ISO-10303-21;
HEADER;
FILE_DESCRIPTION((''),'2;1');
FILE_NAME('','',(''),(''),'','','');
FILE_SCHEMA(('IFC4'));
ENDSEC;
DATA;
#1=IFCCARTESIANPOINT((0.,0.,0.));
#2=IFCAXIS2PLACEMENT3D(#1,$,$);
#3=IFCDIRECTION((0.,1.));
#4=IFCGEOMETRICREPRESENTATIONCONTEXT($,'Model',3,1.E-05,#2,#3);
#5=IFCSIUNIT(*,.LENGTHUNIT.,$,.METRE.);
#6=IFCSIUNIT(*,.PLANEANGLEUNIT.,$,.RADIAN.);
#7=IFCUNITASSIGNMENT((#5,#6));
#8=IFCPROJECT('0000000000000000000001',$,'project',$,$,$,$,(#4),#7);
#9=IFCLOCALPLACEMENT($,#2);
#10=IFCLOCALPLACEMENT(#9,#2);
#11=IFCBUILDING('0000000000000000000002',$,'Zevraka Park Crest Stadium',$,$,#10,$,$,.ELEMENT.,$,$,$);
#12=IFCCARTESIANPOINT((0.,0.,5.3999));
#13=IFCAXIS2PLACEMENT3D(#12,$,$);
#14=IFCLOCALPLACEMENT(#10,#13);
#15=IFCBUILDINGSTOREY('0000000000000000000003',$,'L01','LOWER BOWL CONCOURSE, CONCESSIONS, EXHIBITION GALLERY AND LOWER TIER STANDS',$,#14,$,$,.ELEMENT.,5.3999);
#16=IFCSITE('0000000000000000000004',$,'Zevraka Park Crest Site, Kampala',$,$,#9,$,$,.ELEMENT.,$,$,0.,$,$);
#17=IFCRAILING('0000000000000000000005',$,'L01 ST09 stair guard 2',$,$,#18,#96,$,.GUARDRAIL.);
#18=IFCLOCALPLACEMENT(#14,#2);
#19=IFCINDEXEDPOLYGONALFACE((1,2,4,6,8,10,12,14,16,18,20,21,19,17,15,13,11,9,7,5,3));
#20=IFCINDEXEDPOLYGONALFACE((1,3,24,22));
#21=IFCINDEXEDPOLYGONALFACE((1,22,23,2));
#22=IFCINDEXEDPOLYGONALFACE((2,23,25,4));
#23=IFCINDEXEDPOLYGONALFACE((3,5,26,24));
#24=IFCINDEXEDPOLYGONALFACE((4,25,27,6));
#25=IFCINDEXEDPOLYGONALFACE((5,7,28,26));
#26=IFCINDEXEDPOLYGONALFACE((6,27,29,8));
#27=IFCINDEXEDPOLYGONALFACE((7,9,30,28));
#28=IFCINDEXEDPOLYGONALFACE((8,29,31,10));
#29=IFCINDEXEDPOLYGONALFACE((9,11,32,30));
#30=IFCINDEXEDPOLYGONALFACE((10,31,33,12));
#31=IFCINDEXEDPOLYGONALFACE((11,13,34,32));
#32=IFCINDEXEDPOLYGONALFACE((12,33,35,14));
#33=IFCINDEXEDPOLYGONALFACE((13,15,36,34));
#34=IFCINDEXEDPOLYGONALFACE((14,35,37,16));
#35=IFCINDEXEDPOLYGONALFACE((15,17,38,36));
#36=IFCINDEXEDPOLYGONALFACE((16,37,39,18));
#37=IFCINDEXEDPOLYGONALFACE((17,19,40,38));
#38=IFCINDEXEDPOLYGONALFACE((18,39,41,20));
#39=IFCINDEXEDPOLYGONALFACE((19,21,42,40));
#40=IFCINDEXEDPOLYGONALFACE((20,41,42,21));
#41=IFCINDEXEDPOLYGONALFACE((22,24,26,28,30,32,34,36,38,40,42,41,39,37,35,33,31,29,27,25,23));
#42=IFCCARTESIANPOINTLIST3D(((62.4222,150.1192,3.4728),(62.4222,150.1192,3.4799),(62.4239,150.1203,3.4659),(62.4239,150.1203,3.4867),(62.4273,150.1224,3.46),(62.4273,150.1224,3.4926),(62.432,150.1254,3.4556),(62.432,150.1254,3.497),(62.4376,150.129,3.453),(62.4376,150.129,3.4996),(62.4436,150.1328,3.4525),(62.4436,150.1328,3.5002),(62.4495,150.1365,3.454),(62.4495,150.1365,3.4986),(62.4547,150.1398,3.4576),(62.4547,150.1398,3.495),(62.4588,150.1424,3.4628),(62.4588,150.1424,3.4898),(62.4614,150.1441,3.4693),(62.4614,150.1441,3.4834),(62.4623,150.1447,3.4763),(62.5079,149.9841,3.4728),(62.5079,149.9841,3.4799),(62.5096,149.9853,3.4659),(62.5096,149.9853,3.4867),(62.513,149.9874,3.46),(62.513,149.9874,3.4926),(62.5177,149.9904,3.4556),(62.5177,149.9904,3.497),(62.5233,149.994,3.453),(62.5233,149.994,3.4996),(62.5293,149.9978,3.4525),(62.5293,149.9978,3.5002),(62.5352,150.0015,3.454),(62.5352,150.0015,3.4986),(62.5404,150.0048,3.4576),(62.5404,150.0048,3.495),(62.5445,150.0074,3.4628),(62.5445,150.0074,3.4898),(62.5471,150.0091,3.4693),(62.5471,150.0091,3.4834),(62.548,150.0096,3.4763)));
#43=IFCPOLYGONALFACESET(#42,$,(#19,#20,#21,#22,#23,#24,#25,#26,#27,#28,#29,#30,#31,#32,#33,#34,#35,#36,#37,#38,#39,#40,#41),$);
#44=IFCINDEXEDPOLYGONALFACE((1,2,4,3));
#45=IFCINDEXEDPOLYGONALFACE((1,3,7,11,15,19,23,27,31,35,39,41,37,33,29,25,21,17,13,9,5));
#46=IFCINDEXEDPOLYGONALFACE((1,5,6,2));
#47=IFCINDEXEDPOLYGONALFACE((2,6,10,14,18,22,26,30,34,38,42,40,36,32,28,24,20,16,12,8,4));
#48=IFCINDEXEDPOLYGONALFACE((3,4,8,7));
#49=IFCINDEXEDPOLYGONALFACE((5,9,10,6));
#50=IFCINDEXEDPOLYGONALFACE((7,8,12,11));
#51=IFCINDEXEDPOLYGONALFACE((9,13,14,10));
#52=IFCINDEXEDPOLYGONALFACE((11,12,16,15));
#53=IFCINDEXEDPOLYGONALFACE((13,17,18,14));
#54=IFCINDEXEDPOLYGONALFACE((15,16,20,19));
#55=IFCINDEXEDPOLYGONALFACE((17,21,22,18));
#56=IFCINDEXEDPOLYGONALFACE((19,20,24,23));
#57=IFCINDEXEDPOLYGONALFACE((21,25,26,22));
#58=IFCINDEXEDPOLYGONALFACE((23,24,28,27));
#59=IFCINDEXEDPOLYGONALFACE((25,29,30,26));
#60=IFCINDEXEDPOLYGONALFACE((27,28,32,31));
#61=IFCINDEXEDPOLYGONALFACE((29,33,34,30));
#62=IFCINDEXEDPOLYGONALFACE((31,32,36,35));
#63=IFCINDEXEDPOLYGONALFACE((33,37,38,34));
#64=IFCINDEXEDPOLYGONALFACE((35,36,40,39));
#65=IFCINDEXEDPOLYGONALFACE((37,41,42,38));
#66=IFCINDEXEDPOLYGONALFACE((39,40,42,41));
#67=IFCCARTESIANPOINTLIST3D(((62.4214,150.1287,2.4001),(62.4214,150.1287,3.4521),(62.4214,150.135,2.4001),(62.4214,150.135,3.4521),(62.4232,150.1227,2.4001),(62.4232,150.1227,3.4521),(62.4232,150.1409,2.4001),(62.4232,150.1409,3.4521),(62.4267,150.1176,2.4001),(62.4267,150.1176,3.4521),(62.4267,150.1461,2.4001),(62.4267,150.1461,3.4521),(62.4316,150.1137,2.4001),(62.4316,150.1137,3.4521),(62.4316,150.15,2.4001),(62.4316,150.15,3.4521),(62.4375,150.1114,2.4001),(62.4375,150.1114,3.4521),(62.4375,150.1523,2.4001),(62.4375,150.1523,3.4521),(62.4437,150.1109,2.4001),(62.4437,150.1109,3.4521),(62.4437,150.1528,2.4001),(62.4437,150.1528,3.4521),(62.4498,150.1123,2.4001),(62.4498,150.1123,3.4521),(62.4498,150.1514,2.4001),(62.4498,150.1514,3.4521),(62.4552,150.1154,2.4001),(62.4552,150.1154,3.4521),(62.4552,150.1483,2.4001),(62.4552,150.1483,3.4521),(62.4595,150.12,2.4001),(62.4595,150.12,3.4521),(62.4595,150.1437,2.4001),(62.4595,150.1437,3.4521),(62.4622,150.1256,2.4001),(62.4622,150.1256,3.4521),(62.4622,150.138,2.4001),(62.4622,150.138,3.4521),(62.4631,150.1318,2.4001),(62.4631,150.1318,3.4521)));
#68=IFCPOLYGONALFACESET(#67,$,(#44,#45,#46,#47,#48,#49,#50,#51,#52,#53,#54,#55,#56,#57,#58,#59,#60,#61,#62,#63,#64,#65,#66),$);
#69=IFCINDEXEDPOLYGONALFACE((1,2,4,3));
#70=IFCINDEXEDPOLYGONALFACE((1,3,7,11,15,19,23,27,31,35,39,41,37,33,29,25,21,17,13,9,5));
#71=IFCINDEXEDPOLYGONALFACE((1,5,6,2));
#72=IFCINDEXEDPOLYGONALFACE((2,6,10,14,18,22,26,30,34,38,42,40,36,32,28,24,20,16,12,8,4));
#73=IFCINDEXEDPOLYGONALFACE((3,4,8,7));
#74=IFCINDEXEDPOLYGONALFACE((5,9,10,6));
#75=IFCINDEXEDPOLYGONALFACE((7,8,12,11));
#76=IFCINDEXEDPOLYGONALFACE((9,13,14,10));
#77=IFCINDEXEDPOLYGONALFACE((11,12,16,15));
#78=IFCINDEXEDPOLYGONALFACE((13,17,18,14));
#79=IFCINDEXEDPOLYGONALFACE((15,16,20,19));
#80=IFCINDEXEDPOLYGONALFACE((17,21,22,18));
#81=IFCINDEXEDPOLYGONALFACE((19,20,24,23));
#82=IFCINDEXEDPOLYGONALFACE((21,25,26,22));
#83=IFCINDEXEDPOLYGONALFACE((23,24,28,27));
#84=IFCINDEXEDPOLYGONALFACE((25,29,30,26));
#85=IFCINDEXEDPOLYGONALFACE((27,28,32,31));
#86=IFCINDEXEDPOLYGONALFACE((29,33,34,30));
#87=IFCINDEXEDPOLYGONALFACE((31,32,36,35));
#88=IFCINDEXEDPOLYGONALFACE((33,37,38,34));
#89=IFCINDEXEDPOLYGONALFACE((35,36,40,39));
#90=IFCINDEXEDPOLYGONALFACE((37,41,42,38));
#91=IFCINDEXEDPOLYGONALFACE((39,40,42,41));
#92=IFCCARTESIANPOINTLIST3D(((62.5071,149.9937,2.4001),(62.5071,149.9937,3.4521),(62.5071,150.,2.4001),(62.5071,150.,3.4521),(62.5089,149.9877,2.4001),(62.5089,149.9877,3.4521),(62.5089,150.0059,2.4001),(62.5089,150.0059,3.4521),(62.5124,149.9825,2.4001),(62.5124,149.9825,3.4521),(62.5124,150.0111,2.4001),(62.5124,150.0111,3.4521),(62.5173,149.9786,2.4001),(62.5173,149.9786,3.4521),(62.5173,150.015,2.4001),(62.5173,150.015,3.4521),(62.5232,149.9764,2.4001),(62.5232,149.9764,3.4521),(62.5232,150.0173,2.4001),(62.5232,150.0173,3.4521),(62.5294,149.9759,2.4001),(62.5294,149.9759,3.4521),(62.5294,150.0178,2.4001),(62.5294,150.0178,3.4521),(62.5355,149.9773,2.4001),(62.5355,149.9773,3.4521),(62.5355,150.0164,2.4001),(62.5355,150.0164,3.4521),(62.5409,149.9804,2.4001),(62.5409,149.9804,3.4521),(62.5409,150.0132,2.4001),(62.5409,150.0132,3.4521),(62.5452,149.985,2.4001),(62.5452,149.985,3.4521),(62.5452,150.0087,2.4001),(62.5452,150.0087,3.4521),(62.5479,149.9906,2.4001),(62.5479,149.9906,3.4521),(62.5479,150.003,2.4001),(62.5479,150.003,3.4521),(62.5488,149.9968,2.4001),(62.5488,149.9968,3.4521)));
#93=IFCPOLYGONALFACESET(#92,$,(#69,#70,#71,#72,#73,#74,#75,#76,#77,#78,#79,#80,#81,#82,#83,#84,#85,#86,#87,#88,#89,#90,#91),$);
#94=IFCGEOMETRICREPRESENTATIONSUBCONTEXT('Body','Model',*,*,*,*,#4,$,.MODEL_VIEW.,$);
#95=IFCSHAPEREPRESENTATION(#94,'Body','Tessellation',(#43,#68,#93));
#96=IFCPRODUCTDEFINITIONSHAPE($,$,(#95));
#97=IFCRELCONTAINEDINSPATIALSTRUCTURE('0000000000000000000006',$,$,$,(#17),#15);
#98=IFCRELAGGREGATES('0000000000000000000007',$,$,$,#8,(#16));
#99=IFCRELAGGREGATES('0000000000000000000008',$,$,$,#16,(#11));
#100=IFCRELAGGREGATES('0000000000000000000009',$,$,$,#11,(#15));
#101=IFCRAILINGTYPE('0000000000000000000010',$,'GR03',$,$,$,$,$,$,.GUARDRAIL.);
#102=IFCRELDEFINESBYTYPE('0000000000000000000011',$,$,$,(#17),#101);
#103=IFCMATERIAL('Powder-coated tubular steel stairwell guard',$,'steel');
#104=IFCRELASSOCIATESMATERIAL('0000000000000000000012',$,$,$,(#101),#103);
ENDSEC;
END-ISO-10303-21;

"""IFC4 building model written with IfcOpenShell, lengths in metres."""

from ifc_helpers import new_model, si_unit, direction, frame, origin, origin_2d, place, context, subcontext, project, spatial, circle, extrude, material, type_object, element, save


model = new_model("IFC4")

# Units and contexts
model_context = context("Model", 3, precision=1e-05, world=origin(), true_north=direction((0.0, 1.0)))
body_context = subcontext(model_context, "Body", "Model", "MODEL_VIEW")
ifc_project = project(units=[si_unit("LENGTHUNIT", "METRE"), si_unit("PLANEANGLEUNIT", "RADIAN")], contexts=[model_context])

# Site, building, storey
site_placement = place(None, origin())
site = spatial("IfcSite", under=ifc_project, at=site_placement, Name="Zevraka Park Crest Site, Kampala", CompositionType="ELEMENT", RefElevation=0.0)
building_placement = place(site_placement, origin())
building = spatial("IfcBuilding", under=site, at=building_placement, Name="Zevraka Park Crest Stadium", CompositionType="ELEMENT")
storey_placement = place(building_placement, frame((0.0, 0.0, 5.3999)))
storey = spatial("IfcBuildingStorey", under=building, at=storey_placement, Name="L01", Description="LOWER BOWL CONCOURSE, CONCESSIONS, EXHIBITION GALLERY AND LOWER TIER STANDS", CompositionType="ELEMENT", Elevation=5.3999)

# Railing
ifc_material_1 = material(Name="Powder-coated tubular steel stairwell guard", Category="steel")
railing_type_1 = type_object("IfcRailingType", Name="GR03", PredefinedType="GUARDRAIL", material=ifc_material_1)
railing_1_placement = place(storey_placement, frame((62.4421, 150.1318, 2.4001)))
element("IfcRailing", 1, at=railing_1_placement, inside=storey, type_object=railing_type_1, Name="L01 ST09 stair guard 2", PredefinedType="GUARDRAIL", context=body_context, shape_type="SweptSolid", body=[
    extrude(circle(Radius=0.0239, at=origin_2d()), frame((0.0, 0.0, 1.0762), z_axis=(0.535887, -0.84429, 0.0), x_axis=(0.84429, 0.535887, 0.0)), (0.0, 0.0, 1.0), 0.1599),
    extrude(circle(Radius=0.021, at=origin_2d()), origin(), (0.0, 0.0, 1.0), 1.052),
    extrude(circle(Radius=0.021, at=origin_2d()), frame((0.0857, -0.135, 0.0)), (0.0, 0.0, 1.0), 1.052),
])

save(model, "model.ifc")
